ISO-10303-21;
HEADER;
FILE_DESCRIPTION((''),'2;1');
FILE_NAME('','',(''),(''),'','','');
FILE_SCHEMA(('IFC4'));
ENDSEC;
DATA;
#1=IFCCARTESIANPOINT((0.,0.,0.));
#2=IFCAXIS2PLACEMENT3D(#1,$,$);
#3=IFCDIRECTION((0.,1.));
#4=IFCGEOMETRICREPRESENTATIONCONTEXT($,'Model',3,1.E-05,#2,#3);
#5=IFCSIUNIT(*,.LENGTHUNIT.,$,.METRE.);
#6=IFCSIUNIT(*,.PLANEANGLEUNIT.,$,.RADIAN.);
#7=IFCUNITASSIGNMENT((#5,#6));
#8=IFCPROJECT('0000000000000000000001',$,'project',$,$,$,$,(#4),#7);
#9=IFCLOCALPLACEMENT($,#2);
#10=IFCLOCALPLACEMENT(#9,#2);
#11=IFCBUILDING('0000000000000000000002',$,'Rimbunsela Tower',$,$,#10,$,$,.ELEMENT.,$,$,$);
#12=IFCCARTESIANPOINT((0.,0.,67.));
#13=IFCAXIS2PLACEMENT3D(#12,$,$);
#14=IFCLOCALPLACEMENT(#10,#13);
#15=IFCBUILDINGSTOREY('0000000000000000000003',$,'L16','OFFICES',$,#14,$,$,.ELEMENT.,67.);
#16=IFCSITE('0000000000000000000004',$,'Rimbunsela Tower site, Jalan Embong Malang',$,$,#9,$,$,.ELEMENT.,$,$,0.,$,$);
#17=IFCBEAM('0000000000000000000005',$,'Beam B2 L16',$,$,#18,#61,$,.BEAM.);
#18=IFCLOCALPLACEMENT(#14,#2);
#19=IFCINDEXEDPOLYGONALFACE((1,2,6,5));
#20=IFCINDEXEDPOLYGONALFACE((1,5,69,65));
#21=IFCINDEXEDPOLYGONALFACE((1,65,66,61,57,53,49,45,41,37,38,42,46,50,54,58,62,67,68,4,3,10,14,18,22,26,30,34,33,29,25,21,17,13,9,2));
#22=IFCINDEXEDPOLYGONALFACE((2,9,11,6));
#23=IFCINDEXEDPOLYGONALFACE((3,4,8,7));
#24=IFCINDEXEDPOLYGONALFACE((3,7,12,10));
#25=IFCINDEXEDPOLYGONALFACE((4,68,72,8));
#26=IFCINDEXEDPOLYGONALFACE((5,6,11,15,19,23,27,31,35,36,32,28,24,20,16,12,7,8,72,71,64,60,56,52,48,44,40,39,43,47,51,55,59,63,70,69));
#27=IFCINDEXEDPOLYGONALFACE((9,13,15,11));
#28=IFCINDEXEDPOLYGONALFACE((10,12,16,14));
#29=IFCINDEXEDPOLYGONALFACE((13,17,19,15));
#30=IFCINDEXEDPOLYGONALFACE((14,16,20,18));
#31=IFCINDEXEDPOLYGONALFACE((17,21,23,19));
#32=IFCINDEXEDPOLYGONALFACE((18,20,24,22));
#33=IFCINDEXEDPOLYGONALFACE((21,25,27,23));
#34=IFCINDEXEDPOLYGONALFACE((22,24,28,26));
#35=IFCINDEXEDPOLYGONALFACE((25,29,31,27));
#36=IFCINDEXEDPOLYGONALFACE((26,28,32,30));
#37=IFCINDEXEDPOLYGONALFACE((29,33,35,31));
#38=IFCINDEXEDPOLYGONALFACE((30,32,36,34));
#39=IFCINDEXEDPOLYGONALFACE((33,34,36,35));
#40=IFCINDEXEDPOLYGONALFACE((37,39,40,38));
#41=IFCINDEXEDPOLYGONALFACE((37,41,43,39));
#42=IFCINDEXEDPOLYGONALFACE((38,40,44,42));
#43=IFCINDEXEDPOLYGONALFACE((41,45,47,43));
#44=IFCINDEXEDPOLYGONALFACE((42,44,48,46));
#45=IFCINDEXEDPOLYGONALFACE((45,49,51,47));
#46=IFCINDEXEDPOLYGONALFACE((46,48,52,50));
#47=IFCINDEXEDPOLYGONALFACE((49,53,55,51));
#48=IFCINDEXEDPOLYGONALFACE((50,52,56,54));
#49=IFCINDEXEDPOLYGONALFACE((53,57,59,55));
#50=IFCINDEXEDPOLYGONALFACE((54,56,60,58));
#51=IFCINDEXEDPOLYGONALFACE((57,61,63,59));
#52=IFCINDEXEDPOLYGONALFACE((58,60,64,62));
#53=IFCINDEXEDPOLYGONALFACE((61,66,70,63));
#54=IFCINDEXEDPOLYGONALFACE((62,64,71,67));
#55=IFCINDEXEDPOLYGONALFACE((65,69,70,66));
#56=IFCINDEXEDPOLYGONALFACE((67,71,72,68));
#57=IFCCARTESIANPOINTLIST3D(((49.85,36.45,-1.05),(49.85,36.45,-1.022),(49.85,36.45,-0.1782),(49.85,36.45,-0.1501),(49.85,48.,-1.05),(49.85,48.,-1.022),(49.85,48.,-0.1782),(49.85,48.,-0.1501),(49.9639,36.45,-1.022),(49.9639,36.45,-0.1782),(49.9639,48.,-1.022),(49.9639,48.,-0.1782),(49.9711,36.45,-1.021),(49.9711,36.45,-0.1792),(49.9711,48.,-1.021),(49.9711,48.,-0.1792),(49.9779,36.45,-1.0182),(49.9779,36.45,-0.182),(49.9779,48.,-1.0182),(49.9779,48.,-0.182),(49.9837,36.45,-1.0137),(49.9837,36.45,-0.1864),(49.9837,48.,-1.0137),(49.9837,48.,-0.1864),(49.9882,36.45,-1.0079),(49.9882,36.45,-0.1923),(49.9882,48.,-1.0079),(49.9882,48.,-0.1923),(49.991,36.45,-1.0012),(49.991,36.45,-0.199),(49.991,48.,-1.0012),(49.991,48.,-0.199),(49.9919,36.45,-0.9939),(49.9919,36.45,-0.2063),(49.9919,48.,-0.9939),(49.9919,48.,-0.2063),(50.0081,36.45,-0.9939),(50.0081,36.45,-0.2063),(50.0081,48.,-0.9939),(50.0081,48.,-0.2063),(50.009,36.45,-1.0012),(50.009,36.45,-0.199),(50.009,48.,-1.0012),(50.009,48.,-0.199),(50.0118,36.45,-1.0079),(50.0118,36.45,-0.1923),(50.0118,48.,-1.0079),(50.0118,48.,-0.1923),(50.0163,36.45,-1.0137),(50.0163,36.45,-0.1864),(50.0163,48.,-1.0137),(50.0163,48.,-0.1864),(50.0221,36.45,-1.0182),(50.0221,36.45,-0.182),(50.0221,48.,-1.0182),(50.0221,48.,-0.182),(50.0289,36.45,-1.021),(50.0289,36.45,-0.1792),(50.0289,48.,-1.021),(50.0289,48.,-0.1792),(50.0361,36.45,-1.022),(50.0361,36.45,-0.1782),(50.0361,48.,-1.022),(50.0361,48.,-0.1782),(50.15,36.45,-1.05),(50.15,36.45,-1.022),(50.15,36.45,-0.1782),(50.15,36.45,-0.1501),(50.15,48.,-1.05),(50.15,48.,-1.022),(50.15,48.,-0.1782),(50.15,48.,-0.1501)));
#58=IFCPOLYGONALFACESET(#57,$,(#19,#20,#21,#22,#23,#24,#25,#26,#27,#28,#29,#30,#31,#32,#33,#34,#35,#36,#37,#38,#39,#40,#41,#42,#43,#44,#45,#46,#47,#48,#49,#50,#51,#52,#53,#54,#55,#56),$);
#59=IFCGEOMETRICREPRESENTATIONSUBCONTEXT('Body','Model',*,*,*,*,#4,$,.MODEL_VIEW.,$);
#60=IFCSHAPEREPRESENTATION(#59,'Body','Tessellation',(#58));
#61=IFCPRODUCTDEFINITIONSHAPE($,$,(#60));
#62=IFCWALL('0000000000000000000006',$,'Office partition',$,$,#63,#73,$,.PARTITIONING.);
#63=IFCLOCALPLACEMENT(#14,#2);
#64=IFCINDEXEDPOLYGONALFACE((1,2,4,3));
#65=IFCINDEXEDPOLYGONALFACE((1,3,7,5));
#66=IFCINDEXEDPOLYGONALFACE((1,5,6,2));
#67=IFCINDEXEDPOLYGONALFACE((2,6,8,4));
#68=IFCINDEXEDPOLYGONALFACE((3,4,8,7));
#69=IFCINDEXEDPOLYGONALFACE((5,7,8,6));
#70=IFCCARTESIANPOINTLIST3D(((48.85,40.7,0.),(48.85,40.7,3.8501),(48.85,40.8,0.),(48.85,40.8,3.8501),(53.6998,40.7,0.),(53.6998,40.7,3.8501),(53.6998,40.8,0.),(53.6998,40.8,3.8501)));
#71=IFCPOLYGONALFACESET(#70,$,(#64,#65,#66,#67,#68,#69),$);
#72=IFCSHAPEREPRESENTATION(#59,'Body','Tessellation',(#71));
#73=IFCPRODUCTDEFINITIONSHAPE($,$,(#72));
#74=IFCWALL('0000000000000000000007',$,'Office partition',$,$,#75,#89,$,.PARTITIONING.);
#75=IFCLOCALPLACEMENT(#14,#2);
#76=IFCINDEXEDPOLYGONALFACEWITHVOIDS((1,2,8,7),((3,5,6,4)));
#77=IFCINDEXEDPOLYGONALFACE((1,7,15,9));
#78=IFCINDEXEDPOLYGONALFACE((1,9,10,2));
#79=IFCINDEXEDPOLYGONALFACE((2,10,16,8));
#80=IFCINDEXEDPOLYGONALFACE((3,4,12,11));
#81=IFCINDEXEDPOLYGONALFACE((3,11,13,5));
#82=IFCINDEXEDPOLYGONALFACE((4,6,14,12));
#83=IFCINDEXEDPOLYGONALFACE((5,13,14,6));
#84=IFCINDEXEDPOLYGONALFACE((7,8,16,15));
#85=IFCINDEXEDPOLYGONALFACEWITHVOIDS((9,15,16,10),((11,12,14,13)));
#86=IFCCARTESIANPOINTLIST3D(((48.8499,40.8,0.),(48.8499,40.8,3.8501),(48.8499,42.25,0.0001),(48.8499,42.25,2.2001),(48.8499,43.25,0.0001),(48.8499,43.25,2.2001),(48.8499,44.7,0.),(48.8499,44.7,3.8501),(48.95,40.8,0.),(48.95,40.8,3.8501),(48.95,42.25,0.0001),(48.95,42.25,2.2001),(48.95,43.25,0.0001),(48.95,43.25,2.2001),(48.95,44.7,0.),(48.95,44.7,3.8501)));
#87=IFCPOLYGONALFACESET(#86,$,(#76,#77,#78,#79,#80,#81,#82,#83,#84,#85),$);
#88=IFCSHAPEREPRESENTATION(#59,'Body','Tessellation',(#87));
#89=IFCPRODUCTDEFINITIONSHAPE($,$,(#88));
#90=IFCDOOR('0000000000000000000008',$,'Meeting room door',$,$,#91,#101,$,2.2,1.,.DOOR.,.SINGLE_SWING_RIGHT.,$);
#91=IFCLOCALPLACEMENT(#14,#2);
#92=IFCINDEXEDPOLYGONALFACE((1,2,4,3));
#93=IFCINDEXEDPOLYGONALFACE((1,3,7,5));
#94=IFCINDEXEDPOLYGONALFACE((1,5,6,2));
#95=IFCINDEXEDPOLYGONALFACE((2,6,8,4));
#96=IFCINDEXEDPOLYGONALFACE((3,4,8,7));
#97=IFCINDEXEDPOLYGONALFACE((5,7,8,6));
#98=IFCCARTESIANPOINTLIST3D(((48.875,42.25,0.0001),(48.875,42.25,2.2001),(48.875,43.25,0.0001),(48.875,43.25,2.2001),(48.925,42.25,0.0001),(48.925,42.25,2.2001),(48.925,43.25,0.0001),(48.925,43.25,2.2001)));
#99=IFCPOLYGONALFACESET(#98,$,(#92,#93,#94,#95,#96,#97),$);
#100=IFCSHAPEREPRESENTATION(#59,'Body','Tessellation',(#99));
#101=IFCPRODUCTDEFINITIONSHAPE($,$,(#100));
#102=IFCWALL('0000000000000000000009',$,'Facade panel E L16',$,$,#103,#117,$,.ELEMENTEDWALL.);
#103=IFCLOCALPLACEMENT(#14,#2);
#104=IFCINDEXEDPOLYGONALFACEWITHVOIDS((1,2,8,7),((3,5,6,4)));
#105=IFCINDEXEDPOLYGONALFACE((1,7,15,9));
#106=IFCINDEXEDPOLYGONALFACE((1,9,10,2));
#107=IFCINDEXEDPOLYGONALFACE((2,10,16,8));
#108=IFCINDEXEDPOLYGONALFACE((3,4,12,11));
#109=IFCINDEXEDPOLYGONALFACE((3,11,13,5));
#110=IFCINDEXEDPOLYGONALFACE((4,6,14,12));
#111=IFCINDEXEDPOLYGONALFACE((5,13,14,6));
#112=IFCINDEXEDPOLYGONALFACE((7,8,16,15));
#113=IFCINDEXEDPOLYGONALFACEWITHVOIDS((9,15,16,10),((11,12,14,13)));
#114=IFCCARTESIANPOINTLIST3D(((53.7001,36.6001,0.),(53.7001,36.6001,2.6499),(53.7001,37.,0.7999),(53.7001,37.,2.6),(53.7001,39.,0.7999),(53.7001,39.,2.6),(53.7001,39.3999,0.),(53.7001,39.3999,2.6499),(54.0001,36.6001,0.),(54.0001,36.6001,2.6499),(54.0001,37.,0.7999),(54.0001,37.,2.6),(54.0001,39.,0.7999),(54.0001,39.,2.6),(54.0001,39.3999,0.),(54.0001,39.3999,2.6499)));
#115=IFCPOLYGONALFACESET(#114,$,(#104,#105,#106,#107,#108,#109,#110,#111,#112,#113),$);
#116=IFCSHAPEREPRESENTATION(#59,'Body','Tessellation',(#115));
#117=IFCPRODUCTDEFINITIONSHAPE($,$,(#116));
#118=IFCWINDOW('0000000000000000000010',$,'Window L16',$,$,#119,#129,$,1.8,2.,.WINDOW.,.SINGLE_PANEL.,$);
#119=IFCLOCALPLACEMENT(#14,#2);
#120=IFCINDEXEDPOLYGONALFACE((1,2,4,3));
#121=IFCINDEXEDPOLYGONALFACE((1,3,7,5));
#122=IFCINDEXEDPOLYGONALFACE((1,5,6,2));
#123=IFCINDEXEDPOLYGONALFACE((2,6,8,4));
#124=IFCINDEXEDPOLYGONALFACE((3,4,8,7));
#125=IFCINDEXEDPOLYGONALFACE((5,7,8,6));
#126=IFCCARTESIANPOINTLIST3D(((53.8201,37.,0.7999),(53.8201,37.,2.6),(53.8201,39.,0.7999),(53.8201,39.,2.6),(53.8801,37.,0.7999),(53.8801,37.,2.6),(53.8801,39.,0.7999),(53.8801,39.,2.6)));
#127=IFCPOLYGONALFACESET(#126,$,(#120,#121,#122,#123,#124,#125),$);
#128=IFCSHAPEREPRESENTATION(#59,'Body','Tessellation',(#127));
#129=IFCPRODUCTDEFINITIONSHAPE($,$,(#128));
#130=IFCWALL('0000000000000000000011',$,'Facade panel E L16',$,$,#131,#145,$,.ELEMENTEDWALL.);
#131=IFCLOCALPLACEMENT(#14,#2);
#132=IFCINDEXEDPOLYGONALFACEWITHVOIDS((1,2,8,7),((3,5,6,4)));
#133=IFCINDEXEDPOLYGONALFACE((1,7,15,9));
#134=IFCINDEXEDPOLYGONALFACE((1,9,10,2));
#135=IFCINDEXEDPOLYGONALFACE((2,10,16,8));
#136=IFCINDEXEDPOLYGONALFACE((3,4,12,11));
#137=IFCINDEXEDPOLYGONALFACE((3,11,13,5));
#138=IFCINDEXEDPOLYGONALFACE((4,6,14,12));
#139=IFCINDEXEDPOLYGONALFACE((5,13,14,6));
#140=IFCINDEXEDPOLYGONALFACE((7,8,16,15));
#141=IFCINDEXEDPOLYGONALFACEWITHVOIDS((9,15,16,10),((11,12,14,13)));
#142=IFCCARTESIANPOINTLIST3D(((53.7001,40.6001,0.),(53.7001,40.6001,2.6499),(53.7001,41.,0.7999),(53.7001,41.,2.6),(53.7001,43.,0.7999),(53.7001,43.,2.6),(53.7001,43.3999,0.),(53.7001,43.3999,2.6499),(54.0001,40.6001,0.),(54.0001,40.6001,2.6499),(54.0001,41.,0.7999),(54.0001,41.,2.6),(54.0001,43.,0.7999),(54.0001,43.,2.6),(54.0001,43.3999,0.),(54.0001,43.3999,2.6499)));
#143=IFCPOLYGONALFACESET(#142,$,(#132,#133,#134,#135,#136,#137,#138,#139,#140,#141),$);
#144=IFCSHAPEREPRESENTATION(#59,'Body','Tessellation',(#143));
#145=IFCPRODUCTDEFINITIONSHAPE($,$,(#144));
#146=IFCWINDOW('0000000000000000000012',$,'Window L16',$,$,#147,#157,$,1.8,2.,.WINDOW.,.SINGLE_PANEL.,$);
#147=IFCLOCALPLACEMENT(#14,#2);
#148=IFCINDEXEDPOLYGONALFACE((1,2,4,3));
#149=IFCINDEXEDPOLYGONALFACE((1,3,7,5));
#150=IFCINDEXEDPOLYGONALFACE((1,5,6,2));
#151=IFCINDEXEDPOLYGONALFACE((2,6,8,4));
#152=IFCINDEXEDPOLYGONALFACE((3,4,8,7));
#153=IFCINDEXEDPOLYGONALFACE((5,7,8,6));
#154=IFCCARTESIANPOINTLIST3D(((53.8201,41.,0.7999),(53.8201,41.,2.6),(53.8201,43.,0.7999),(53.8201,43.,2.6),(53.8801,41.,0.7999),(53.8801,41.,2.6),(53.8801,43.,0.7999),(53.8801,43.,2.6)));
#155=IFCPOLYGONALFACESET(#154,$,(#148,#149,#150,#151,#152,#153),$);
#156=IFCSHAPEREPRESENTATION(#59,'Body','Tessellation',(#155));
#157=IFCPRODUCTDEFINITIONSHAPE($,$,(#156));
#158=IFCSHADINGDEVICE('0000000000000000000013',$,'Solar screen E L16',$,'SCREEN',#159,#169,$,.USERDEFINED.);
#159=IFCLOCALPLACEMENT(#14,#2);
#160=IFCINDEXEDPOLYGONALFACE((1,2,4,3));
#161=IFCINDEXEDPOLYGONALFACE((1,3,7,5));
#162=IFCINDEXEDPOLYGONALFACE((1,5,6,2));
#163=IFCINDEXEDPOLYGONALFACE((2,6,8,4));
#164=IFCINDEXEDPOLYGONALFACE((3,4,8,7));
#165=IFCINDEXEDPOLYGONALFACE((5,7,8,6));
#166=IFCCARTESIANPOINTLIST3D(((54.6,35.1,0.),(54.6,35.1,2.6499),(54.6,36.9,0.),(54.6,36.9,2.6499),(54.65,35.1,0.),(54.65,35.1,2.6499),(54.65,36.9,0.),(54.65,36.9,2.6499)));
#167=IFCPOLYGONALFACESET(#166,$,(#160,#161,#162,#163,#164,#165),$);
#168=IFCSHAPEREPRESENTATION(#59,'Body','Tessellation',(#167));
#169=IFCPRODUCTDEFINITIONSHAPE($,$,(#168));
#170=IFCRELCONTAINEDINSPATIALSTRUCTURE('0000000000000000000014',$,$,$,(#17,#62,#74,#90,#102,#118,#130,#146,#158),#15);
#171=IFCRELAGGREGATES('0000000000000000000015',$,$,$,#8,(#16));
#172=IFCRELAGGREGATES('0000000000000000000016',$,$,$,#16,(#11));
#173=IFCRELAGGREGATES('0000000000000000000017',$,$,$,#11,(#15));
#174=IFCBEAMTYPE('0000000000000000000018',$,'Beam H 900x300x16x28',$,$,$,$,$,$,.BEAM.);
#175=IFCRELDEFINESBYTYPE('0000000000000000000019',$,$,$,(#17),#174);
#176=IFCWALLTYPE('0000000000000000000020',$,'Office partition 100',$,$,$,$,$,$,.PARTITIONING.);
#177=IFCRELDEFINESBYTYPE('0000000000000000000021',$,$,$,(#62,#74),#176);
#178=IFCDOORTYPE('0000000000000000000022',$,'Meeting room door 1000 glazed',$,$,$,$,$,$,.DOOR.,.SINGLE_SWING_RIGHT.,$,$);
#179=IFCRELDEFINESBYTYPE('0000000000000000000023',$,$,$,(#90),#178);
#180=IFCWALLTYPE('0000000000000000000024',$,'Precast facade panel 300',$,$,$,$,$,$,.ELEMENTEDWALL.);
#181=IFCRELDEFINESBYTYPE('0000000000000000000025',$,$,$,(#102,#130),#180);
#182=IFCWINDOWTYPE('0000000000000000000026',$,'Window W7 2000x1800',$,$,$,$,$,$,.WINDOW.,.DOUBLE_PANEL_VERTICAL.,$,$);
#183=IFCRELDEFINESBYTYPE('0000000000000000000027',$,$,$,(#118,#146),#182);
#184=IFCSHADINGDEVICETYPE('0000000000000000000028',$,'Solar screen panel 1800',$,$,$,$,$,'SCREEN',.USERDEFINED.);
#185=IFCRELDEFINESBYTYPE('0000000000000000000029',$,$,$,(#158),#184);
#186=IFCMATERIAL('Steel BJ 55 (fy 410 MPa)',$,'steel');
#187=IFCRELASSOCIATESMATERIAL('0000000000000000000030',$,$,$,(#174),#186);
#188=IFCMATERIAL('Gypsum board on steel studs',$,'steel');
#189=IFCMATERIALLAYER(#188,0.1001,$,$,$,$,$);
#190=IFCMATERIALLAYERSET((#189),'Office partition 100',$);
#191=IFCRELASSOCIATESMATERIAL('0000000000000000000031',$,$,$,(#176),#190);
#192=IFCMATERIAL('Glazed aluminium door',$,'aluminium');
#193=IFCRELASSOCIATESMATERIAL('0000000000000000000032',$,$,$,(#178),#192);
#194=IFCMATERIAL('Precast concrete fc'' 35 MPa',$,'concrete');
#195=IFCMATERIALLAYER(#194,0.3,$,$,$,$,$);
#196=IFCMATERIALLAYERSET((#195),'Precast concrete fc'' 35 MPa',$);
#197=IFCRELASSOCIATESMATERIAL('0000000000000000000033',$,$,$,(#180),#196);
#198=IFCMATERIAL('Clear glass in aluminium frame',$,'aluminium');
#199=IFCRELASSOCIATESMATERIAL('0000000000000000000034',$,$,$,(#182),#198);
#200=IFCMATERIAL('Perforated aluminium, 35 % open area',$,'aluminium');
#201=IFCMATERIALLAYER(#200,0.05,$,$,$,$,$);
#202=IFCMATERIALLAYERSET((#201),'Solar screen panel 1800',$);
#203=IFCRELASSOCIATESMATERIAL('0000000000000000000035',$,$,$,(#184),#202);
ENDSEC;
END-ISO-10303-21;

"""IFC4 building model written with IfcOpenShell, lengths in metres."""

from ifc_helpers import new_model, si_unit, direction, frame, frame_2d, origin, origin_2d, place, context, subcontext, project, spatial, rectangle, i_section, extrude, material, layer, layer_set, material_profile, profile_set, type_object, element, fill, save


model = new_model("IFC4")

# Units and contexts
model_context = context("Model", 3, precision=1e-05, world=origin(), true_north=direction((0.0, 1.0)))
body_context = subcontext(model_context, "Body", "Model", "MODEL_VIEW")
ifc_project = project(units=[si_unit("LENGTHUNIT", "METRE"), si_unit("PLANEANGLEUNIT", "RADIAN")], contexts=[model_context])

# Site, building, storey
site_placement = place(None, origin())
site = spatial("IfcSite", under=ifc_project, at=site_placement, Name="Rimbunsela Tower site, Jalan Embong Malang", CompositionType="ELEMENT", RefElevation=0.0)
building_placement = place(site_placement, origin())
building = spatial("IfcBuilding", under=site, at=building_placement, Name="Rimbunsela Tower", CompositionType="ELEMENT")
storey_placement = place(building_placement, frame((0.0, 0.0, 67.0)))
storey = spatial("IfcBuildingStorey", under=building, at=storey_placement, Name="L16", Description="OFFICES", CompositionType="ELEMENT", Elevation=67.0)

# Beam
ifc_material_1 = material(Name="Steel BJ 55 (fy 410 MPa)", Category="steel")
ifc_material_profile_1 = material_profile(ifc_material_1, i_section(OverallWidth=0.3, OverallDepth=0.8999, WebThickness=0.0161, FlangeThickness=0.0281, FilletRadius=0.0281, at=origin_2d()), Name="H 900x300x16x28")
ifc_profile_set_1 = profile_set([ifc_material_profile_1], Name="Steel BJ 55 (fy 410 MPa)")
beam_type_1 = type_object("IfcBeamType", Name="Beam H 900x300x16x28", PredefinedType="BEAM", material=ifc_profile_set_1)
beam_1_placement = place(storey_placement, frame((50.0, 36.45, -0.6001), z_axis=(0.0, 1.0, 0.0), x_axis=(-1.0, 0.0, 0.0)))
element("IfcBeam", 1, at=beam_1_placement, inside=storey, type_object=beam_type_1, Name="Beam B2 L16", PredefinedType="BEAM", context=body_context, shape_type="SweptSolid", body=[
    extrude(i_section(OverallWidth=0.3, OverallDepth=0.8999, WebThickness=0.0161, FlangeThickness=0.0281, FilletRadius=0.0281, at=origin_2d()), origin(), (0.0, 0.0, 1.0), 11.55),
])

# Wall
ifc_material_2 = material(Name="Gypsum board on steel studs", Category="steel")
ifc_layer_1 = layer(ifc_material_2, 0.1001)
ifc_layer_set_1 = layer_set([ifc_layer_1], Name="Office partition 100")
wall_type_1 = type_object("IfcWallType", Name="Office partition 100", PredefinedType="PARTITIONING", material=ifc_layer_set_1)
wall_1_placement = place(storey_placement, frame((48.8501, 40.75, 0.0), z_axis=(0.0, 0.0, 1.0), x_axis=(1.0, 0.0, 0.0)))
element("IfcWall", 2, at=wall_1_placement, inside=storey, type_object=wall_type_1, Name="Office partition", PredefinedType="PARTITIONING", context=body_context, shape_type="SweptSolid", body=[
    extrude(rectangle(XDim=4.8499, YDim=0.1001, at=frame_2d((2.4248, 0.0))), origin(), (0.0, 0.0, 1.0), 3.8501),
])

# Wall, opening, door
wall_2_placement = place(storey_placement, frame((48.8999, 40.8, 0.0), z_axis=(0.0, 0.0, 1.0), x_axis=(0.0, 1.0, 0.0)))
wall_2 = element("IfcWall", 3, at=wall_2_placement, inside=storey, type_object=wall_type_1, Name="Office partition", PredefinedType="PARTITIONING", context=body_context, shape_type="SweptSolid", body=[
    extrude(rectangle(XDim=3.8999, YDim=0.1001, at=frame_2d((1.95, 0.0))), origin(), (0.0, 0.0, 1.0), 3.8501),
])
opening_1_placement = place(wall_2_placement, frame((1.45, 0.0, 0.0)))
opening_1 = element("IfcOpeningElement", 4, at=opening_1_placement, cuts=wall_2, PredefinedType="OPENING", context=body_context, shape_type="SweptSolid", body=[
    extrude(rectangle(XDim=1.0, YDim=2.2, at=frame_2d((0.5, 1.1001))), frame((0.0, 0.0601, 0.0), z_axis=(0.0, -1.0, 0.0), x_axis=(1.0, 0.0, 0.0)), (0.0, 0.0, 1.0), 0.1201),
])
ifc_material_3 = material(Name="Glazed aluminium door", Category="aluminium")
door_type = type_object("IfcDoorType", Name="Meeting room door 1000 glazed", OperationType="SINGLE_SWING_RIGHT", PredefinedType="DOOR", material=ifc_material_3)
door_placement = place(opening_1_placement, origin())
door = element("IfcDoor", 5, at=door_placement, inside=storey, type_object=door_type, Name="Meeting room door", OperationType="SINGLE_SWING_RIGHT", OverallHeight=2.2, OverallWidth=1.0, PredefinedType="DOOR", context=body_context, shape_type="SweptSolid", body=[
    extrude(rectangle(XDim=1.0, YDim=2.2, at=frame_2d((0.5, 1.1001))), frame((0.0, 0.0249, 0.0), z_axis=(0.0, -1.0, 0.0), x_axis=(1.0, 0.0, 0.0)), (0.0, 0.0, 1.0), 0.05),
])
fill(opening_1, door)

# Walls, openings, windows
ifc_material_4 = material(Name="Precast concrete fc' 35 MPa", Category="concrete")
ifc_layer_2 = layer(ifc_material_4, 0.3)
ifc_layer_set_2 = layer_set([ifc_layer_2], Name="Precast concrete fc' 35 MPa")
wall_type_2 = type_object("IfcWallType", Name="Precast facade panel 300", PredefinedType="ELEMENTEDWALL", material=ifc_layer_set_2)
wall_3_placement = place(storey_placement, frame((53.8501, 36.6001, 0.0), z_axis=(0.0, 0.0, 1.0), x_axis=(0.0, 1.0, 0.0)))
wall_3 = element("IfcWall", 6, at=wall_3_placement, inside=storey, type_object=wall_type_2, Name="Facade panel E L16", PredefinedType="ELEMENTEDWALL", context=body_context, shape_type="SweptSolid", body=[
    extrude(rectangle(XDim=2.7998, YDim=0.3, at=frame_2d((1.3999, 0.0))), origin(), (0.0, 0.0, 1.0), 2.6499),
])
opening_2_placement = place(wall_3_placement, frame((0.3999, 0.0, 0.8)))
opening_2 = element("IfcOpeningElement", 7, at=opening_2_placement, cuts=wall_3, PredefinedType="OPENING", context=body_context, shape_type="SweptSolid", body=[
    extrude(rectangle(XDim=2.0, YDim=1.8, at=frame_2d((1.0, 0.8999))), frame((0.0, 0.1599, 0.0), z_axis=(0.0, -1.0, 0.0), x_axis=(1.0, 0.0, 0.0)), (0.0, 0.0, 1.0), 0.3201),
])
ifc_material_5 = material(Name="Clear glass in aluminium frame", Category="aluminium")
window_type = type_object("IfcWindowType", Name="Window W7 2000x1800", PartitioningType="DOUBLE_PANEL_VERTICAL", PredefinedType="WINDOW", material=ifc_material_5)
window_1_placement = place(opening_2_placement, origin())
window_1 = element("IfcWindow", 8, at=window_1_placement, inside=storey, type_object=window_type, Name="Window L16", OverallHeight=1.8, OverallWidth=2.0, PartitioningType="SINGLE_PANEL", PredefinedType="WINDOW", context=body_context, shape_type="SweptSolid", body=[
    extrude(rectangle(XDim=2.0, YDim=1.8, at=frame_2d((1.0, 0.8999))), frame((0.0, 0.03, 0.0), z_axis=(0.0, -1.0, 0.0), x_axis=(1.0, 0.0, 0.0)), (0.0, 0.0, 1.0), 0.0601),
])
fill(opening_2, window_1)
wall_4_placement = place(storey_placement, frame((53.8501, 40.6001, 0.0), z_axis=(0.0, 0.0, 1.0), x_axis=(0.0, 1.0, 0.0)))
wall_4 = element("IfcWall", 9, at=wall_4_placement, inside=storey, type_object=wall_type_2, Name="Facade panel E L16", PredefinedType="ELEMENTEDWALL", context=body_context, shape_type="SweptSolid", body=[
    extrude(rectangle(XDim=2.7998, YDim=0.3, at=frame_2d((1.3999, 0.0))), origin(), (0.0, 0.0, 1.0), 2.6499),
])
opening_3_placement = place(wall_4_placement, frame((0.3999, 0.0, 0.8)))
opening_3 = element("IfcOpeningElement", 10, at=opening_3_placement, cuts=wall_4, PredefinedType="OPENING", context=body_context, shape_type="SweptSolid", body=[
    extrude(rectangle(XDim=2.0, YDim=1.8, at=frame_2d((1.0, 0.8999))), frame((0.0, 0.1599, 0.0), z_axis=(0.0, -1.0, 0.0), x_axis=(1.0, 0.0, 0.0)), (0.0, 0.0, 1.0), 0.3201),
])
window_2_placement = place(opening_3_placement, origin())
window_2 = element("IfcWindow", 11, at=window_2_placement, inside=storey, type_object=window_type, Name="Window L16", OverallHeight=1.8, OverallWidth=2.0, PartitioningType="SINGLE_PANEL", PredefinedType="WINDOW", context=body_context, shape_type="SweptSolid", body=[
    extrude(rectangle(XDim=2.0, YDim=1.8, at=frame_2d((1.0, 0.8999))), frame((0.0, 0.03, 0.0), z_axis=(0.0, -1.0, 0.0), x_axis=(1.0, 0.0, 0.0)), (0.0, 0.0, 1.0), 0.0601),
])
fill(opening_3, window_2)

# Shading device
ifc_material_6 = material(Name="Perforated aluminium, 35 % open area", Category="aluminium")
ifc_layer_3 = layer(ifc_material_6, 0.05)
ifc_layer_set_3 = layer_set([ifc_layer_3], Name="Solar screen panel 1800")
shading_device_type = type_object("IfcShadingDeviceType", Name="Solar screen panel 1800", ElementType="SCREEN", PredefinedType="USERDEFINED", material=ifc_layer_set_3)
for number, where, z_axis, x_axis, name in (
    (12, (54.625, 36.0, 0.0), (0.0, 0.0, 1.0), (0.0, 1.0, 0.0), "Solar screen E L16"),
):
    element("IfcShadingDevice", number, at=place(storey_placement, frame(where, z_axis=z_axis, x_axis=x_axis)), inside=storey, type_object=shading_device_type, Name=name, ObjectType="SCREEN", PredefinedType="USERDEFINED", context=body_context, shape_type="SweptSolid", body=[
        extrude(rectangle(XDim=1.8, YDim=0.05, at=origin_2d()), origin(), (0.0, 0.0, 1.0), 2.6499),
    ])

save(model, "model.ifc")
